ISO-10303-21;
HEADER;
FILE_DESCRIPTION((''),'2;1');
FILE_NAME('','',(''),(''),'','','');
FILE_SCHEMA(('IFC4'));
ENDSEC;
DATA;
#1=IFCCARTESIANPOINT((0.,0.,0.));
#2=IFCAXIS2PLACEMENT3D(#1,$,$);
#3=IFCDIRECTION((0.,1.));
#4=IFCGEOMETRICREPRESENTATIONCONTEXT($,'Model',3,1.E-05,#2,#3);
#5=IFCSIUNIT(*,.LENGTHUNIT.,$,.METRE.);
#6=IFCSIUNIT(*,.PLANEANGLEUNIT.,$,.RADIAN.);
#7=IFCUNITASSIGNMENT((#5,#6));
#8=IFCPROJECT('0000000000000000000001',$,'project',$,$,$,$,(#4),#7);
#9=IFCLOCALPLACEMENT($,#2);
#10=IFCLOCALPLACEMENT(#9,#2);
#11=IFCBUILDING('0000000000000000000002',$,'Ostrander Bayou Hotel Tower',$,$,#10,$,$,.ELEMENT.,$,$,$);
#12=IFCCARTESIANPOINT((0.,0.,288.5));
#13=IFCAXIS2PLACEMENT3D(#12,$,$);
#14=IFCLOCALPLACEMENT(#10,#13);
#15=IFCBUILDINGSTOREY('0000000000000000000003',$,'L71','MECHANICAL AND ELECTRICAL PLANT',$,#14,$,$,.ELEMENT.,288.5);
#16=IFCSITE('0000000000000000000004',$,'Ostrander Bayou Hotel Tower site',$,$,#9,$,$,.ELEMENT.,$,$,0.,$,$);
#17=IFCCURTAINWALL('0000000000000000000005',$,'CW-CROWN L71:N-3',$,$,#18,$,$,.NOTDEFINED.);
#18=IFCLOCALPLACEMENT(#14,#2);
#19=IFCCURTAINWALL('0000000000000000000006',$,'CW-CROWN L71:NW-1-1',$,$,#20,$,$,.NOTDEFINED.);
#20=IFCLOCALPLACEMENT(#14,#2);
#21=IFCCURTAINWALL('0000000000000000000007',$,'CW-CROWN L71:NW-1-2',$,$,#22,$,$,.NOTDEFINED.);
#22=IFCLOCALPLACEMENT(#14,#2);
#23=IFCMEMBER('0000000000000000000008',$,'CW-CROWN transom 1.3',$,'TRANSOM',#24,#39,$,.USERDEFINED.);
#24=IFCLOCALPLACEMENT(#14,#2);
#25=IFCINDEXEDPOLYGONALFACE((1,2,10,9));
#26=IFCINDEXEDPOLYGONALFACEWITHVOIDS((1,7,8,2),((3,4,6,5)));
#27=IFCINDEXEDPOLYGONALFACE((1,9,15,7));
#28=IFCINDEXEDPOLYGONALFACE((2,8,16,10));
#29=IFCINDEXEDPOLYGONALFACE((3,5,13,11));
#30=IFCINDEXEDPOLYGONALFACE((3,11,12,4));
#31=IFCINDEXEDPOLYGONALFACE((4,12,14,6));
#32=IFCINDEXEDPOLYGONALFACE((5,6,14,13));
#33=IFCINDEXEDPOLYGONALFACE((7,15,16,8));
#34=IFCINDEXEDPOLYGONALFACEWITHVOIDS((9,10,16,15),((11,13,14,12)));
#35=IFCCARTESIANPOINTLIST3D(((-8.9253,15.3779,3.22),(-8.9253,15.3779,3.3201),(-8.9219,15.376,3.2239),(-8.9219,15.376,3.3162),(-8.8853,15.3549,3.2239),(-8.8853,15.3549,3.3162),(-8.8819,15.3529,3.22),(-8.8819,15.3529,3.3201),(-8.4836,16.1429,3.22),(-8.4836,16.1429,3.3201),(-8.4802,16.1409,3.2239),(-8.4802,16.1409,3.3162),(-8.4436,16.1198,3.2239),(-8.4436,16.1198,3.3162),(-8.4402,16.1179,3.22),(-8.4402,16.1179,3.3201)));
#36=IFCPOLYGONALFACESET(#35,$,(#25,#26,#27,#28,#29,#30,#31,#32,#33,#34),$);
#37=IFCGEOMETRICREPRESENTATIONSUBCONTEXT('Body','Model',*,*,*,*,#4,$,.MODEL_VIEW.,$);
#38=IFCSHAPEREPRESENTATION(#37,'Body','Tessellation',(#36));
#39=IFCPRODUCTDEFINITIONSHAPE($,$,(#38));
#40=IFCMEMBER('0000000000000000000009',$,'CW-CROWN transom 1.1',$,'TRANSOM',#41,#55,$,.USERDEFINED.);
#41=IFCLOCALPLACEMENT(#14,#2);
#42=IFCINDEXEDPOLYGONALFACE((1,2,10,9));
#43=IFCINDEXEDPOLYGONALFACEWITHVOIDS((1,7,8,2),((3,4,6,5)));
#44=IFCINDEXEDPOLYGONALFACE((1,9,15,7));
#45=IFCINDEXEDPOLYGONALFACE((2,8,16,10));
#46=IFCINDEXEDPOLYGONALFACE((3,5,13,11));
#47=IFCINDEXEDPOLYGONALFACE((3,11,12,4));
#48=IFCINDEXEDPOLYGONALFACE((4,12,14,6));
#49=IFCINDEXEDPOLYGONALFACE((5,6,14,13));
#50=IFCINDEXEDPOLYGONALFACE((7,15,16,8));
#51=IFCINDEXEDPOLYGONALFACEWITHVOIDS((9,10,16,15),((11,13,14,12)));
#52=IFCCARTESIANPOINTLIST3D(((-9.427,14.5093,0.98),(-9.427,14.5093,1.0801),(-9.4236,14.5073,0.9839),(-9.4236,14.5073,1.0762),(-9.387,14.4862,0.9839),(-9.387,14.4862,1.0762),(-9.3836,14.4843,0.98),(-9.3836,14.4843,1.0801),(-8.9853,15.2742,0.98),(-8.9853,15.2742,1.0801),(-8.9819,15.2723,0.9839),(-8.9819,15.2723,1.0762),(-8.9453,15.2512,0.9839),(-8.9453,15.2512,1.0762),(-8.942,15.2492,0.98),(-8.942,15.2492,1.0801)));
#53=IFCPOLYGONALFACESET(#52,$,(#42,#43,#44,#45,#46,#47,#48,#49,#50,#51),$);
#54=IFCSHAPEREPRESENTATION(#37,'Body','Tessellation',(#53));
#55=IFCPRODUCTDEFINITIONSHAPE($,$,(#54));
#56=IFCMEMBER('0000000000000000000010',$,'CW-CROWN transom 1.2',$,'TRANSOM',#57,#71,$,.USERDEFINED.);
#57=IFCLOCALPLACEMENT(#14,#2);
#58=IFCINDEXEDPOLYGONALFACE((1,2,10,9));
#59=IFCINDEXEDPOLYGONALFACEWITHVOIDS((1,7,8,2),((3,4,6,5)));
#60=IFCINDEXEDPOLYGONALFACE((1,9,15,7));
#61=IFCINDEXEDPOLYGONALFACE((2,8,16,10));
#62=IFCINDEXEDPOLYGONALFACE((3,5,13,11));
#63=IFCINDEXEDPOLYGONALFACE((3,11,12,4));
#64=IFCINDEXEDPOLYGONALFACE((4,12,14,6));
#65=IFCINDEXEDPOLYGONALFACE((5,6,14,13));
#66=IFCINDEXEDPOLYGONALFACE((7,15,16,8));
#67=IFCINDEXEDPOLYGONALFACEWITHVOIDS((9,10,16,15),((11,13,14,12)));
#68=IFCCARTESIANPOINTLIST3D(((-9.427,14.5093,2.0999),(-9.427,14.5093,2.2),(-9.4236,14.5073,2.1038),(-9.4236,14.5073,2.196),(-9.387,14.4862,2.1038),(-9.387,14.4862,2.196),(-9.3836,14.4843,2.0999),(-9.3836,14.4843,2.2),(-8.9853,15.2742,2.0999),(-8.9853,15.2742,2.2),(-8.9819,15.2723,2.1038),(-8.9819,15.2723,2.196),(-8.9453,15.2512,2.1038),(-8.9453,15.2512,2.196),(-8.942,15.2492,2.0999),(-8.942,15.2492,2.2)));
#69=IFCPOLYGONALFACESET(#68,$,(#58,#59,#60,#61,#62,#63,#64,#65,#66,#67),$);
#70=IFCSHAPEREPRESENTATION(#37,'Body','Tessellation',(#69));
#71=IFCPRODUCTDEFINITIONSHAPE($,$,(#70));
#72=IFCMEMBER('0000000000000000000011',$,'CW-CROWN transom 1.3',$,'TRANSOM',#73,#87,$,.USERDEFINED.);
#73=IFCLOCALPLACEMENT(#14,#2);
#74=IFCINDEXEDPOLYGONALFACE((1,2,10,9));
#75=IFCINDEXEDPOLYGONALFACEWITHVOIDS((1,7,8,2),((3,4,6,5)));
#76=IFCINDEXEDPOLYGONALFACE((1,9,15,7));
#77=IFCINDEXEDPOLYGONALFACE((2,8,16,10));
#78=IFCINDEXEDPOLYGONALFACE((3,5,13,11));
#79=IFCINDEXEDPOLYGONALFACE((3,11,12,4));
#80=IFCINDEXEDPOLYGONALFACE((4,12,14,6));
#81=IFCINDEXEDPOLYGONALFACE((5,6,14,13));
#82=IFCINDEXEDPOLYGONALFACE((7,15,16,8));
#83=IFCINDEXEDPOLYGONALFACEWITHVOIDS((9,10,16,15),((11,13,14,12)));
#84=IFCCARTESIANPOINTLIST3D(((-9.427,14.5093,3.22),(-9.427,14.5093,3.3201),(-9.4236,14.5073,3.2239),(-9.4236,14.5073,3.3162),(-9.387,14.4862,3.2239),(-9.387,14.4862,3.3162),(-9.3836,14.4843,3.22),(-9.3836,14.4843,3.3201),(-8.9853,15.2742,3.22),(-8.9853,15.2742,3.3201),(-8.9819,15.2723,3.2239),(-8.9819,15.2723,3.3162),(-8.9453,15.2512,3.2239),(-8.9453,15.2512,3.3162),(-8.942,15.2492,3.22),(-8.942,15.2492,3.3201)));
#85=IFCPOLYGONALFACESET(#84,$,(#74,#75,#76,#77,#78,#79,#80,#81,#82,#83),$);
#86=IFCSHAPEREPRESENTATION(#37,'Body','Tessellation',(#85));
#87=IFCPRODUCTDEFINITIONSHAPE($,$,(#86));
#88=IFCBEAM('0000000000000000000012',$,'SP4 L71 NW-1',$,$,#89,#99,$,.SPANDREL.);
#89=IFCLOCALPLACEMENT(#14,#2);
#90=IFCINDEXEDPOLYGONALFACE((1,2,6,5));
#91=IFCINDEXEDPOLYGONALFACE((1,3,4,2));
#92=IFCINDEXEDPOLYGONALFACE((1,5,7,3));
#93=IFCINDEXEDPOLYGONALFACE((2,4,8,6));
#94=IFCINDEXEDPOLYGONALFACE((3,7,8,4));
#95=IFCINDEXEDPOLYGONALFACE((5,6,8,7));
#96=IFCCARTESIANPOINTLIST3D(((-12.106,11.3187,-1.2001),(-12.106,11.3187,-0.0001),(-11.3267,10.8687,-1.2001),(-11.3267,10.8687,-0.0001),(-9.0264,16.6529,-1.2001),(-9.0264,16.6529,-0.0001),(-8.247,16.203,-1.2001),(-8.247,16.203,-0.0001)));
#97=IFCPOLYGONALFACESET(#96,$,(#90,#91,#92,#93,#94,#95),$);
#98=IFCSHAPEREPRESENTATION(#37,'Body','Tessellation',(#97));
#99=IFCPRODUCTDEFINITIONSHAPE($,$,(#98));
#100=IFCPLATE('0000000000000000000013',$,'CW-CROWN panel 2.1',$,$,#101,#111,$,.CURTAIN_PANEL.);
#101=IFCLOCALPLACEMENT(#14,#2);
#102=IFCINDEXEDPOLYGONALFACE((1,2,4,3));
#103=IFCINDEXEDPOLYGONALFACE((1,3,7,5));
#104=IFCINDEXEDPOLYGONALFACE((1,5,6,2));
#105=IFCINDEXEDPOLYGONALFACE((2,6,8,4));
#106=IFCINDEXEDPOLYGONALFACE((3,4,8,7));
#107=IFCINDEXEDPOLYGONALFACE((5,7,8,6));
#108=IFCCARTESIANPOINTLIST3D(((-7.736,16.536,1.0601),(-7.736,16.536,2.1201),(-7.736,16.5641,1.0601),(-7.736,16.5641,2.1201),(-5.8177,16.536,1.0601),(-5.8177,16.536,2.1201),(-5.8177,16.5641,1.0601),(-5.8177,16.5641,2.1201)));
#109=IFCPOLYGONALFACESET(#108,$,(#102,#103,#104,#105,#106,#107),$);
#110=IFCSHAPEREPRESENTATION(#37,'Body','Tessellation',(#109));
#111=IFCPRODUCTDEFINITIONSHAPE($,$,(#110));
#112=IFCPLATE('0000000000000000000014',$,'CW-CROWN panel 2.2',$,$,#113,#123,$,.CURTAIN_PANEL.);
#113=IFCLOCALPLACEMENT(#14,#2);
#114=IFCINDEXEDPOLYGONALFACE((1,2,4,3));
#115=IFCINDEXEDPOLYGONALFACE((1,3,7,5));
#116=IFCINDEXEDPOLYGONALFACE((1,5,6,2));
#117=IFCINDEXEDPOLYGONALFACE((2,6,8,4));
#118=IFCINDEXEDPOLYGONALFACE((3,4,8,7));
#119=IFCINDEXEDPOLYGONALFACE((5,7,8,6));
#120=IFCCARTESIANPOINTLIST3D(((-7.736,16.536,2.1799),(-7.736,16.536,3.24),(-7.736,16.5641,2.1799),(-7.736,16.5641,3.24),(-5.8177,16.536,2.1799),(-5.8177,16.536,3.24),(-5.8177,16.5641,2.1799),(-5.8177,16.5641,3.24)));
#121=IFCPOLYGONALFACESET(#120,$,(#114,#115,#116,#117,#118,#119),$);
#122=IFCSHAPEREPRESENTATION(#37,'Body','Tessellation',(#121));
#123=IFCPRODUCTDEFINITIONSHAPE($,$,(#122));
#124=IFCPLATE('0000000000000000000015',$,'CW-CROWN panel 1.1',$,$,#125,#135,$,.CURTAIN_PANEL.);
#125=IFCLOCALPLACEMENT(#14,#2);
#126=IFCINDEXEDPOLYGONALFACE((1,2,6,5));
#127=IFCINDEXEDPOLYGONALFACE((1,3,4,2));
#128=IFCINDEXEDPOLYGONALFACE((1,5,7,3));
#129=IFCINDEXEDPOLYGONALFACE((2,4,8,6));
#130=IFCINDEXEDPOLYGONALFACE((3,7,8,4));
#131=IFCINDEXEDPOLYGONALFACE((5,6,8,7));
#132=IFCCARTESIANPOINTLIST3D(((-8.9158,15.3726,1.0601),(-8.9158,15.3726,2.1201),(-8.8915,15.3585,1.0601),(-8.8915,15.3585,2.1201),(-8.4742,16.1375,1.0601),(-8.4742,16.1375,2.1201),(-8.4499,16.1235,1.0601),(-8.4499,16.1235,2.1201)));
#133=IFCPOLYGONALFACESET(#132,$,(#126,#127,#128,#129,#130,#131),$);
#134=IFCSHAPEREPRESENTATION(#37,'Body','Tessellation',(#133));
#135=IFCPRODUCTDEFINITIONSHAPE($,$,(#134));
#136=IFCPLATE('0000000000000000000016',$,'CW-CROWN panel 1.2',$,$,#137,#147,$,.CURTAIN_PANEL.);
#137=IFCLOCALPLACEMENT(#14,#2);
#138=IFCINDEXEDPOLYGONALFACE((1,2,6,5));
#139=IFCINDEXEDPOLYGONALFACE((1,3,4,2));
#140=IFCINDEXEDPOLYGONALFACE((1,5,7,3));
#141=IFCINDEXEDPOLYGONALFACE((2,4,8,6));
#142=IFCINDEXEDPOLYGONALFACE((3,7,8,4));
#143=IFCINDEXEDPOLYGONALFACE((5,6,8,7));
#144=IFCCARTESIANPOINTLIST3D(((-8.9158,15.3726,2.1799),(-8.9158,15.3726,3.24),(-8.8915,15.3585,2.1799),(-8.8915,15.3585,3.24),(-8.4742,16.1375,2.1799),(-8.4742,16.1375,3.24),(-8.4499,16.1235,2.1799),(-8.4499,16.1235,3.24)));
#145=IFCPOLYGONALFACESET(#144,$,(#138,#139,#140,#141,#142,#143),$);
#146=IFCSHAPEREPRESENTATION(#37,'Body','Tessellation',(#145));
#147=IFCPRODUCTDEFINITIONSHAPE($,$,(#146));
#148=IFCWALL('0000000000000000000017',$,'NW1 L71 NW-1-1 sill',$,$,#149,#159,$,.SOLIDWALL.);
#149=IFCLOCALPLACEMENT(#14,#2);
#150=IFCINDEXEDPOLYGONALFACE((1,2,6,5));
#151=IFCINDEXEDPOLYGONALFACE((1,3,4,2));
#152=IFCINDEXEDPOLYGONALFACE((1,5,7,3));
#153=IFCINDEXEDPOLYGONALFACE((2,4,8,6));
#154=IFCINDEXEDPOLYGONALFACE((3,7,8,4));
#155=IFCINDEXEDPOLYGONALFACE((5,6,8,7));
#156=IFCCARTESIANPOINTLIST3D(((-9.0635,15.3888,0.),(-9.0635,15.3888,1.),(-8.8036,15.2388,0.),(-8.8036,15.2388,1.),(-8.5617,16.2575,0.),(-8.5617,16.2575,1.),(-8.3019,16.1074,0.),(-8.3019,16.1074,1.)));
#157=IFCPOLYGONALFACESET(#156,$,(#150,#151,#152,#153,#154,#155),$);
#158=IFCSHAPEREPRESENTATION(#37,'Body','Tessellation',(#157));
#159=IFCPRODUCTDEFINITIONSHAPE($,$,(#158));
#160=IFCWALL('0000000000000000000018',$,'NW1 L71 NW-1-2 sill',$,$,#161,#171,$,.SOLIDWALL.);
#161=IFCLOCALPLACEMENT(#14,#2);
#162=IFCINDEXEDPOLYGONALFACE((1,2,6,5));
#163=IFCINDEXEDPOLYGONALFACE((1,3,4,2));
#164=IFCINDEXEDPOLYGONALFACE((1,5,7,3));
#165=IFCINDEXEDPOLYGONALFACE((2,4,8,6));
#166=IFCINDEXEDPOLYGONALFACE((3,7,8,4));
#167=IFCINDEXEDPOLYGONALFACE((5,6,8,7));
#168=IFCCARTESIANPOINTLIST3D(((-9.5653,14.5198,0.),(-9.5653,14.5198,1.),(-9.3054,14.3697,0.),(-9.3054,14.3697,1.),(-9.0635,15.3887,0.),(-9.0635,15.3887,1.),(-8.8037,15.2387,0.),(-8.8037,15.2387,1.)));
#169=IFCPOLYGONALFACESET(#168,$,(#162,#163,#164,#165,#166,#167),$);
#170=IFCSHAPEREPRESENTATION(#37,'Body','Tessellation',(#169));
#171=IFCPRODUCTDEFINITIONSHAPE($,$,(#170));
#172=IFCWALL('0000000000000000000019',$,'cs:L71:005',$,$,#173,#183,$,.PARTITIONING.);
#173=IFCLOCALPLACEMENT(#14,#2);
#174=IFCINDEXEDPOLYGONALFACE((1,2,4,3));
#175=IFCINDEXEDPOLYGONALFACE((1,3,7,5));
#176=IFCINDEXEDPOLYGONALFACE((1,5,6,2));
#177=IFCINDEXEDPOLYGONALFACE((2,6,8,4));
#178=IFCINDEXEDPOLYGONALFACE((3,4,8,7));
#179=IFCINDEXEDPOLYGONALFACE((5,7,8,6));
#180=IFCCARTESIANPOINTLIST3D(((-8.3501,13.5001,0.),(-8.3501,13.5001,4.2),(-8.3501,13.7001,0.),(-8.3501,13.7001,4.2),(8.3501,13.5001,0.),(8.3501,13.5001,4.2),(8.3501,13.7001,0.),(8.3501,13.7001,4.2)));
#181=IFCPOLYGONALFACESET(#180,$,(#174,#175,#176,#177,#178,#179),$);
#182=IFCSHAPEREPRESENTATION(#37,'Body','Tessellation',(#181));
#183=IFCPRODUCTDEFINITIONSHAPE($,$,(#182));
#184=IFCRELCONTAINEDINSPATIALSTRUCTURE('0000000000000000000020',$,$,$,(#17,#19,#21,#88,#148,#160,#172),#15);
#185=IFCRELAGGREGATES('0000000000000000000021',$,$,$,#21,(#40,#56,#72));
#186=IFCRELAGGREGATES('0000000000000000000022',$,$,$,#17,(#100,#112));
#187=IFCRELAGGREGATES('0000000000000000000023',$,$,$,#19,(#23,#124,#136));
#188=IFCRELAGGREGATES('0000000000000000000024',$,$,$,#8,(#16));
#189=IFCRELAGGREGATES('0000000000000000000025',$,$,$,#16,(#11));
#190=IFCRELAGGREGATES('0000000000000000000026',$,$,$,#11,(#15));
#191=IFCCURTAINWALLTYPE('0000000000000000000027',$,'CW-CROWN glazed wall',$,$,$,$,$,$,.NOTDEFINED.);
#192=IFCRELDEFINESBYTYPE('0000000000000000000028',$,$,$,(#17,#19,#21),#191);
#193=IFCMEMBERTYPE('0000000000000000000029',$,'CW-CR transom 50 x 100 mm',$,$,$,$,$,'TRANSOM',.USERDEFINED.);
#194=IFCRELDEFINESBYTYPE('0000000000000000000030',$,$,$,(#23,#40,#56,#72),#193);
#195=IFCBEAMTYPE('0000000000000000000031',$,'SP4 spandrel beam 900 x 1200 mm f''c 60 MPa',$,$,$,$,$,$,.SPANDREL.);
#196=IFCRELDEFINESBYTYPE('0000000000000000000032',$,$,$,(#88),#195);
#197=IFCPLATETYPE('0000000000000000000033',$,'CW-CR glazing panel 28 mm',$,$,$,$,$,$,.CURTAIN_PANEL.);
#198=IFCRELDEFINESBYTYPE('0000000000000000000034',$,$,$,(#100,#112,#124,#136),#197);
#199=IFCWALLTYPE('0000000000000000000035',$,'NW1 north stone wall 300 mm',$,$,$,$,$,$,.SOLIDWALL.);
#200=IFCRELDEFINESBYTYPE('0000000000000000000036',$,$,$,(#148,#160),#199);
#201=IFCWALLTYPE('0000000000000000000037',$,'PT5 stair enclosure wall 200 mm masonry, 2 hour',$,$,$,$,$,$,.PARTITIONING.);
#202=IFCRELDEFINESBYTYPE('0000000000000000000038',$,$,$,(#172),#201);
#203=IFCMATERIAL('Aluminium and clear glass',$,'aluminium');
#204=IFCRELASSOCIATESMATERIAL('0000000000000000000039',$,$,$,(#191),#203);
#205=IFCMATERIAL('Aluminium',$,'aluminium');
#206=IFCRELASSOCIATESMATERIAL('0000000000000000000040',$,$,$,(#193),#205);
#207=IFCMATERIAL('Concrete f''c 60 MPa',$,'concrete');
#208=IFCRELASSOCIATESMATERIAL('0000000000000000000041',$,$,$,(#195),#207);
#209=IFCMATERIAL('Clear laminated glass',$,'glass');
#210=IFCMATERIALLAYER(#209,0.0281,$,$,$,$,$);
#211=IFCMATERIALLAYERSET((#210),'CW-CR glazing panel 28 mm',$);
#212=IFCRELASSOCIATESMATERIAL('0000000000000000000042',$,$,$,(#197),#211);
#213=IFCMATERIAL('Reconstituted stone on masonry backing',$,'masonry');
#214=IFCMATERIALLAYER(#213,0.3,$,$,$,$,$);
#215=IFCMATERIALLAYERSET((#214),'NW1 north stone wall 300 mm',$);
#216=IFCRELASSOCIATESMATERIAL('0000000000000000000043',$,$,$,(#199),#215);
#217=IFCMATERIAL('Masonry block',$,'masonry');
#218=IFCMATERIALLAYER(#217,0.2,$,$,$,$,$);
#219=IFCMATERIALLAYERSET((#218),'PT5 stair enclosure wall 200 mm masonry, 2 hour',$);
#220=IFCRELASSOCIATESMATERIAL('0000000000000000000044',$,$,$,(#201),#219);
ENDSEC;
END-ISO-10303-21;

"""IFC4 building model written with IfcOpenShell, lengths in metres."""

from ifc_helpers import new_model, si_unit, direction, frame, frame_2d, origin, origin_2d, place, context, subcontext, project, spatial, rectangle, hollow_rectangle, extrude, material, layer, layer_set, material_profile, profile_set, type_object, element, aggregate, save


model = new_model("IFC4")

# Units and contexts
model_context = context("Model", 3, precision=1e-05, world=origin(), true_north=direction((0.0, 1.0)))
body_context = subcontext(model_context, "Body", "Model", "MODEL_VIEW")
ifc_project = project(units=[si_unit("LENGTHUNIT", "METRE"), si_unit("PLANEANGLEUNIT", "RADIAN")], contexts=[model_context])

# Site, building, storey
site_placement = place(None, origin())
site = spatial("IfcSite", under=ifc_project, at=site_placement, Name="Ostrander Bayou Hotel Tower site", CompositionType="ELEMENT", RefElevation=0.0)
building_placement = place(site_placement, origin())
building = spatial("IfcBuilding", under=site, at=building_placement, Name="Ostrander Bayou Hotel Tower", CompositionType="ELEMENT")
storey_placement = place(building_placement, frame((0.0, 0.0, 288.5)))
storey = spatial("IfcBuildingStorey", under=building, at=storey_placement, Name="L71", Description="MECHANICAL AND ELECTRICAL PLANT", CompositionType="ELEMENT", Elevation=288.5)

# Curtain wall
ifc_material_1 = material(Name="Aluminium and clear glass", Category="aluminium")
curtain_wall_type = type_object("IfcCurtainWallType", Name="CW-CROWN glazed wall", PredefinedType="NOTDEFINED", material=ifc_material_1)
curtain_wall_1_placement = place(storey_placement, origin())
curtain_wall_1 = element("IfcCurtainWall", 1, at=curtain_wall_1_placement, inside=storey, type_object=curtain_wall_type, Name="CW-CROWN L71:N-3", PredefinedType="NOTDEFINED")

# Curtain wall
curtain_wall_2_placement = place(storey_placement, origin())
curtain_wall_2 = element("IfcCurtainWall", 2, at=curtain_wall_2_placement, inside=storey, type_object=curtain_wall_type, Name="CW-CROWN L71:NW-1-1", PredefinedType="NOTDEFINED")

# Curtain wall
curtain_wall_3_placement = place(storey_placement, origin())
curtain_wall_3 = element("IfcCurtainWall", 3, at=curtain_wall_3_placement, inside=storey, type_object=curtain_wall_type, Name="CW-CROWN L71:NW-1-2", PredefinedType="NOTDEFINED")

# Members
ifc_material_2 = material(Name="Aluminium", Category="aluminium")
ifc_material_profile_1 = material_profile(ifc_material_2, hollow_rectangle(XDim=0.05, YDim=0.1001, WallThickness=0.0039, at=origin_2d()))
ifc_profile_set_1 = profile_set([ifc_material_profile_1], Name="Aluminium")
member_type_1 = type_object("IfcMemberType", Name="CW-CR transom 50 x 100 mm", ElementType="TRANSOM", PredefinedType="USERDEFINED", material=ifc_profile_set_1)
member_1_placement = place(storey_placement, frame((-8.4619, 16.1304, 3.27), z_axis=(-0.500034, -0.866006, 0.0), x_axis=(0.866006, -0.500034, 0.0)))
member_1 = element("IfcMember", 4, at=member_1_placement, type_object=member_type_1, Name="CW-CROWN transom 1.3", ObjectType="TRANSOM", PredefinedType="USERDEFINED", context=body_context, shape_type="SweptSolid", body=[
    extrude(hollow_rectangle(XDim=0.05, YDim=0.1001, WallThickness=0.0039, at=origin_2d()), origin(), (0.0, 0.0, 1.0), 0.8833),
])
member_2_placement = place(storey_placement, frame((-8.9636, 15.2617, 1.03), z_axis=(-0.500034, -0.866006, 0.0), x_axis=(0.866006, -0.500034, 0.0)))
member_2 = element("IfcMember", 5, at=member_2_placement, type_object=member_type_1, Name="CW-CROWN transom 1.1", ObjectType="TRANSOM", PredefinedType="USERDEFINED", context=body_context, shape_type="SweptSolid", body=[
    extrude(hollow_rectangle(XDim=0.05, YDim=0.1001, WallThickness=0.0039, at=origin_2d()), origin(), (0.0, 0.0, 1.0), 0.8833),
])
member_3_placement = place(storey_placement, frame((-8.9636, 15.2617, 2.1499), z_axis=(-0.500034, -0.866006, 0.0), x_axis=(0.866006, -0.500034, 0.0)))
member_3 = element("IfcMember", 6, at=member_3_placement, type_object=member_type_1, Name="CW-CROWN transom 1.2", ObjectType="TRANSOM", PredefinedType="USERDEFINED", context=body_context, shape_type="SweptSolid", body=[
    extrude(hollow_rectangle(XDim=0.05, YDim=0.1001, WallThickness=0.0039, at=origin_2d()), origin(), (0.0, 0.0, 1.0), 0.8833),
])
member_4_placement = place(storey_placement, frame((-8.9636, 15.2617, 3.27), z_axis=(-0.500034, -0.866006, 0.0), x_axis=(0.866006, -0.500034, 0.0)))
member_4 = element("IfcMember", 7, at=member_4_placement, type_object=member_type_1, Name="CW-CROWN transom 1.3", ObjectType="TRANSOM", PredefinedType="USERDEFINED", context=body_context, shape_type="SweptSolid", body=[
    extrude(hollow_rectangle(XDim=0.05, YDim=0.1001, WallThickness=0.0039, at=origin_2d()), origin(), (0.0, 0.0, 1.0), 0.8833),
])
aggregate(curtain_wall_3, [member_2, member_3, member_4])

# Beam
ifc_material_3 = material(Name="Concrete f'c 60 MPa", Category="concrete")
ifc_material_profile_2 = material_profile(ifc_material_3, rectangle(XDim=0.8999, YDim=1.2, at=origin_2d()))
ifc_profile_set_2 = profile_set([ifc_material_profile_2], Name="Concrete f'c 60 MPa")
beam_type = type_object("IfcBeamType", Name="SP4 spandrel beam 900 x 1200 mm f'c 60 MPa", PredefinedType="SPANDREL", material=ifc_profile_set_2)
beam_placement = place(storey_placement, frame((-8.6367, 16.428, -0.6001), z_axis=(-0.499984, -0.866034, 0.0), x_axis=(0.866034, -0.499984, 0.0)))
element("IfcBeam", 8, at=beam_placement, inside=storey, type_object=beam_type, Name="SP4 L71 NW-1", PredefinedType="SPANDREL", context=body_context, shape_type="SweptSolid", body=[
    extrude(rectangle(XDim=0.8999, YDim=1.2, at=origin_2d()), origin(), (0.0, 0.0, 1.0), 6.1594),
])

# Plates
ifc_material_4 = material(Name="Clear laminated glass", Category="glass")
ifc_layer_1 = layer(ifc_material_4, 0.0281)
ifc_layer_set_1 = layer_set([ifc_layer_1], Name="CW-CR glazing panel 28 mm")
plate_type = type_object("IfcPlateType", Name="CW-CR glazing panel 28 mm", PredefinedType="CURTAIN_PANEL", material=ifc_layer_set_1)
plate_1_placement = place(storey_placement, frame((-6.7769, 16.55, 1.0601), z_axis=(0.0, 0.0, 1.0), x_axis=(-1.0, 0.0, 0.0)))
plate_1 = element("IfcPlate", 9, at=plate_1_placement, type_object=plate_type, Name="CW-CROWN panel 2.1", PredefinedType="CURTAIN_PANEL", context=body_context, shape_type="SweptSolid", body=[
    extrude(rectangle(XDim=1.9182, YDim=0.0281, at=origin_2d()), origin(), (0.0, 0.0, 1.0), 1.0601),
])
plate_2_placement = place(storey_placement, frame((-6.7769, 16.55, 2.1799), z_axis=(0.0, 0.0, 1.0), x_axis=(-1.0, 0.0, 0.0)))
plate_2 = element("IfcPlate", 10, at=plate_2_placement, type_object=plate_type, Name="CW-CROWN panel 2.2", PredefinedType="CURTAIN_PANEL", context=body_context, shape_type="SweptSolid", body=[
    extrude(rectangle(XDim=1.9182, YDim=0.0281, at=origin_2d()), origin(), (0.0, 0.0, 1.0), 1.0601),
])
aggregate(curtain_wall_1, [plate_1, plate_2])
plate_3_placement = place(storey_placement, frame((-8.6829, 15.748, 1.0601), z_axis=(0.0, 0.0, 1.0), x_axis=(-0.499999, -0.866026, 0.0)))
plate_3 = element("IfcPlate", 11, at=plate_3_placement, type_object=plate_type, Name="CW-CROWN panel 1.1", PredefinedType="CURTAIN_PANEL", context=body_context, shape_type="SweptSolid", body=[
    extrude(rectangle(XDim=0.8833, YDim=0.0281, at=origin_2d()), origin(), (0.0, 0.0, 1.0), 1.0601),
])
plate_4_placement = place(storey_placement, frame((-8.6829, 15.748, 2.1799), z_axis=(0.0, 0.0, 1.0), x_axis=(-0.499999, -0.866026, 0.0)))
plate_4 = element("IfcPlate", 12, at=plate_4_placement, type_object=plate_type, Name="CW-CROWN panel 1.2", PredefinedType="CURTAIN_PANEL", context=body_context, shape_type="SweptSolid", body=[
    extrude(rectangle(XDim=0.8833, YDim=0.0281, at=origin_2d()), origin(), (0.0, 0.0, 1.0), 1.0601),
])
aggregate(curtain_wall_2, [member_1, plate_3, plate_4])

# Walls
ifc_material_5 = material(Name="Reconstituted stone on masonry backing", Category="masonry")
ifc_layer_2 = layer(ifc_material_5, 0.3)
ifc_layer_set_2 = layer_set([ifc_layer_2], Name="NW1 north stone wall 300 mm")
wall_type_1 = type_object("IfcWallType", Name="NW1 north stone wall 300 mm", PredefinedType="SOLIDWALL", material=ifc_layer_set_2)
wall_1_placement = place(storey_placement, frame((-8.4319, 16.1824, 0.0), z_axis=(0.0, 0.0, 1.0), x_axis=(-0.500144, -0.865942, 0.0)))
element("IfcWall", 13, at=wall_1_placement, inside=storey, type_object=wall_type_1, Name="NW1 L71 NW-1-1 sill", PredefinedType="SOLIDWALL", context=body_context, shape_type="SweptSolid", body=[
    extrude(rectangle(XDim=1.0032, YDim=0.3, at=frame_2d((0.5015, 0.0))), origin(), (0.0, 0.0, 1.0), 1.0),
])
wall_2_placement = place(storey_placement, frame((-8.9336, 15.3137, 0.0), z_axis=(0.0, 0.0, 1.0), x_axis=(-0.500038, -0.866003, 0.0)))
element("IfcWall", 14, at=wall_2_placement, inside=storey, type_object=wall_type_1, Name="NW1 L71 NW-1-2 sill", PredefinedType="SOLIDWALL", context=body_context, shape_type="SweptSolid", body=[
    extrude(rectangle(XDim=1.0034, YDim=0.3, at=frame_2d((0.5017, 0.0))), origin(), (0.0, 0.0, 1.0), 1.0),
])

# Wall
ifc_material_6 = material(Name="Masonry block", Category="masonry")
ifc_layer_3 = layer(ifc_material_6, 0.2)
ifc_layer_set_3 = layer_set([ifc_layer_3], Name="PT5 stair enclosure wall 200 mm masonry, 2 hour")
wall_type_2 = type_object("IfcWallType", Name="PT5 stair enclosure wall 200 mm masonry, 2 hour", PredefinedType="PARTITIONING", material=ifc_layer_set_3)
wall_3_placement = place(storey_placement, frame((-8.3501, 13.6001, 0.0), z_axis=(0.0, 0.0, 1.0), x_axis=(1.0, 0.0, 0.0)))
element("IfcWall", 15, at=wall_3_placement, inside=storey, type_object=wall_type_2, Name="cs:L71:005", PredefinedType="PARTITIONING", context=body_context, shape_type="SweptSolid", body=[
    extrude(rectangle(XDim=16.7002, YDim=0.2, at=frame_2d((8.3501, 0.0))), origin(), (0.0, 0.0, 1.0), 4.2),
])

save(model, "model.ifc")
